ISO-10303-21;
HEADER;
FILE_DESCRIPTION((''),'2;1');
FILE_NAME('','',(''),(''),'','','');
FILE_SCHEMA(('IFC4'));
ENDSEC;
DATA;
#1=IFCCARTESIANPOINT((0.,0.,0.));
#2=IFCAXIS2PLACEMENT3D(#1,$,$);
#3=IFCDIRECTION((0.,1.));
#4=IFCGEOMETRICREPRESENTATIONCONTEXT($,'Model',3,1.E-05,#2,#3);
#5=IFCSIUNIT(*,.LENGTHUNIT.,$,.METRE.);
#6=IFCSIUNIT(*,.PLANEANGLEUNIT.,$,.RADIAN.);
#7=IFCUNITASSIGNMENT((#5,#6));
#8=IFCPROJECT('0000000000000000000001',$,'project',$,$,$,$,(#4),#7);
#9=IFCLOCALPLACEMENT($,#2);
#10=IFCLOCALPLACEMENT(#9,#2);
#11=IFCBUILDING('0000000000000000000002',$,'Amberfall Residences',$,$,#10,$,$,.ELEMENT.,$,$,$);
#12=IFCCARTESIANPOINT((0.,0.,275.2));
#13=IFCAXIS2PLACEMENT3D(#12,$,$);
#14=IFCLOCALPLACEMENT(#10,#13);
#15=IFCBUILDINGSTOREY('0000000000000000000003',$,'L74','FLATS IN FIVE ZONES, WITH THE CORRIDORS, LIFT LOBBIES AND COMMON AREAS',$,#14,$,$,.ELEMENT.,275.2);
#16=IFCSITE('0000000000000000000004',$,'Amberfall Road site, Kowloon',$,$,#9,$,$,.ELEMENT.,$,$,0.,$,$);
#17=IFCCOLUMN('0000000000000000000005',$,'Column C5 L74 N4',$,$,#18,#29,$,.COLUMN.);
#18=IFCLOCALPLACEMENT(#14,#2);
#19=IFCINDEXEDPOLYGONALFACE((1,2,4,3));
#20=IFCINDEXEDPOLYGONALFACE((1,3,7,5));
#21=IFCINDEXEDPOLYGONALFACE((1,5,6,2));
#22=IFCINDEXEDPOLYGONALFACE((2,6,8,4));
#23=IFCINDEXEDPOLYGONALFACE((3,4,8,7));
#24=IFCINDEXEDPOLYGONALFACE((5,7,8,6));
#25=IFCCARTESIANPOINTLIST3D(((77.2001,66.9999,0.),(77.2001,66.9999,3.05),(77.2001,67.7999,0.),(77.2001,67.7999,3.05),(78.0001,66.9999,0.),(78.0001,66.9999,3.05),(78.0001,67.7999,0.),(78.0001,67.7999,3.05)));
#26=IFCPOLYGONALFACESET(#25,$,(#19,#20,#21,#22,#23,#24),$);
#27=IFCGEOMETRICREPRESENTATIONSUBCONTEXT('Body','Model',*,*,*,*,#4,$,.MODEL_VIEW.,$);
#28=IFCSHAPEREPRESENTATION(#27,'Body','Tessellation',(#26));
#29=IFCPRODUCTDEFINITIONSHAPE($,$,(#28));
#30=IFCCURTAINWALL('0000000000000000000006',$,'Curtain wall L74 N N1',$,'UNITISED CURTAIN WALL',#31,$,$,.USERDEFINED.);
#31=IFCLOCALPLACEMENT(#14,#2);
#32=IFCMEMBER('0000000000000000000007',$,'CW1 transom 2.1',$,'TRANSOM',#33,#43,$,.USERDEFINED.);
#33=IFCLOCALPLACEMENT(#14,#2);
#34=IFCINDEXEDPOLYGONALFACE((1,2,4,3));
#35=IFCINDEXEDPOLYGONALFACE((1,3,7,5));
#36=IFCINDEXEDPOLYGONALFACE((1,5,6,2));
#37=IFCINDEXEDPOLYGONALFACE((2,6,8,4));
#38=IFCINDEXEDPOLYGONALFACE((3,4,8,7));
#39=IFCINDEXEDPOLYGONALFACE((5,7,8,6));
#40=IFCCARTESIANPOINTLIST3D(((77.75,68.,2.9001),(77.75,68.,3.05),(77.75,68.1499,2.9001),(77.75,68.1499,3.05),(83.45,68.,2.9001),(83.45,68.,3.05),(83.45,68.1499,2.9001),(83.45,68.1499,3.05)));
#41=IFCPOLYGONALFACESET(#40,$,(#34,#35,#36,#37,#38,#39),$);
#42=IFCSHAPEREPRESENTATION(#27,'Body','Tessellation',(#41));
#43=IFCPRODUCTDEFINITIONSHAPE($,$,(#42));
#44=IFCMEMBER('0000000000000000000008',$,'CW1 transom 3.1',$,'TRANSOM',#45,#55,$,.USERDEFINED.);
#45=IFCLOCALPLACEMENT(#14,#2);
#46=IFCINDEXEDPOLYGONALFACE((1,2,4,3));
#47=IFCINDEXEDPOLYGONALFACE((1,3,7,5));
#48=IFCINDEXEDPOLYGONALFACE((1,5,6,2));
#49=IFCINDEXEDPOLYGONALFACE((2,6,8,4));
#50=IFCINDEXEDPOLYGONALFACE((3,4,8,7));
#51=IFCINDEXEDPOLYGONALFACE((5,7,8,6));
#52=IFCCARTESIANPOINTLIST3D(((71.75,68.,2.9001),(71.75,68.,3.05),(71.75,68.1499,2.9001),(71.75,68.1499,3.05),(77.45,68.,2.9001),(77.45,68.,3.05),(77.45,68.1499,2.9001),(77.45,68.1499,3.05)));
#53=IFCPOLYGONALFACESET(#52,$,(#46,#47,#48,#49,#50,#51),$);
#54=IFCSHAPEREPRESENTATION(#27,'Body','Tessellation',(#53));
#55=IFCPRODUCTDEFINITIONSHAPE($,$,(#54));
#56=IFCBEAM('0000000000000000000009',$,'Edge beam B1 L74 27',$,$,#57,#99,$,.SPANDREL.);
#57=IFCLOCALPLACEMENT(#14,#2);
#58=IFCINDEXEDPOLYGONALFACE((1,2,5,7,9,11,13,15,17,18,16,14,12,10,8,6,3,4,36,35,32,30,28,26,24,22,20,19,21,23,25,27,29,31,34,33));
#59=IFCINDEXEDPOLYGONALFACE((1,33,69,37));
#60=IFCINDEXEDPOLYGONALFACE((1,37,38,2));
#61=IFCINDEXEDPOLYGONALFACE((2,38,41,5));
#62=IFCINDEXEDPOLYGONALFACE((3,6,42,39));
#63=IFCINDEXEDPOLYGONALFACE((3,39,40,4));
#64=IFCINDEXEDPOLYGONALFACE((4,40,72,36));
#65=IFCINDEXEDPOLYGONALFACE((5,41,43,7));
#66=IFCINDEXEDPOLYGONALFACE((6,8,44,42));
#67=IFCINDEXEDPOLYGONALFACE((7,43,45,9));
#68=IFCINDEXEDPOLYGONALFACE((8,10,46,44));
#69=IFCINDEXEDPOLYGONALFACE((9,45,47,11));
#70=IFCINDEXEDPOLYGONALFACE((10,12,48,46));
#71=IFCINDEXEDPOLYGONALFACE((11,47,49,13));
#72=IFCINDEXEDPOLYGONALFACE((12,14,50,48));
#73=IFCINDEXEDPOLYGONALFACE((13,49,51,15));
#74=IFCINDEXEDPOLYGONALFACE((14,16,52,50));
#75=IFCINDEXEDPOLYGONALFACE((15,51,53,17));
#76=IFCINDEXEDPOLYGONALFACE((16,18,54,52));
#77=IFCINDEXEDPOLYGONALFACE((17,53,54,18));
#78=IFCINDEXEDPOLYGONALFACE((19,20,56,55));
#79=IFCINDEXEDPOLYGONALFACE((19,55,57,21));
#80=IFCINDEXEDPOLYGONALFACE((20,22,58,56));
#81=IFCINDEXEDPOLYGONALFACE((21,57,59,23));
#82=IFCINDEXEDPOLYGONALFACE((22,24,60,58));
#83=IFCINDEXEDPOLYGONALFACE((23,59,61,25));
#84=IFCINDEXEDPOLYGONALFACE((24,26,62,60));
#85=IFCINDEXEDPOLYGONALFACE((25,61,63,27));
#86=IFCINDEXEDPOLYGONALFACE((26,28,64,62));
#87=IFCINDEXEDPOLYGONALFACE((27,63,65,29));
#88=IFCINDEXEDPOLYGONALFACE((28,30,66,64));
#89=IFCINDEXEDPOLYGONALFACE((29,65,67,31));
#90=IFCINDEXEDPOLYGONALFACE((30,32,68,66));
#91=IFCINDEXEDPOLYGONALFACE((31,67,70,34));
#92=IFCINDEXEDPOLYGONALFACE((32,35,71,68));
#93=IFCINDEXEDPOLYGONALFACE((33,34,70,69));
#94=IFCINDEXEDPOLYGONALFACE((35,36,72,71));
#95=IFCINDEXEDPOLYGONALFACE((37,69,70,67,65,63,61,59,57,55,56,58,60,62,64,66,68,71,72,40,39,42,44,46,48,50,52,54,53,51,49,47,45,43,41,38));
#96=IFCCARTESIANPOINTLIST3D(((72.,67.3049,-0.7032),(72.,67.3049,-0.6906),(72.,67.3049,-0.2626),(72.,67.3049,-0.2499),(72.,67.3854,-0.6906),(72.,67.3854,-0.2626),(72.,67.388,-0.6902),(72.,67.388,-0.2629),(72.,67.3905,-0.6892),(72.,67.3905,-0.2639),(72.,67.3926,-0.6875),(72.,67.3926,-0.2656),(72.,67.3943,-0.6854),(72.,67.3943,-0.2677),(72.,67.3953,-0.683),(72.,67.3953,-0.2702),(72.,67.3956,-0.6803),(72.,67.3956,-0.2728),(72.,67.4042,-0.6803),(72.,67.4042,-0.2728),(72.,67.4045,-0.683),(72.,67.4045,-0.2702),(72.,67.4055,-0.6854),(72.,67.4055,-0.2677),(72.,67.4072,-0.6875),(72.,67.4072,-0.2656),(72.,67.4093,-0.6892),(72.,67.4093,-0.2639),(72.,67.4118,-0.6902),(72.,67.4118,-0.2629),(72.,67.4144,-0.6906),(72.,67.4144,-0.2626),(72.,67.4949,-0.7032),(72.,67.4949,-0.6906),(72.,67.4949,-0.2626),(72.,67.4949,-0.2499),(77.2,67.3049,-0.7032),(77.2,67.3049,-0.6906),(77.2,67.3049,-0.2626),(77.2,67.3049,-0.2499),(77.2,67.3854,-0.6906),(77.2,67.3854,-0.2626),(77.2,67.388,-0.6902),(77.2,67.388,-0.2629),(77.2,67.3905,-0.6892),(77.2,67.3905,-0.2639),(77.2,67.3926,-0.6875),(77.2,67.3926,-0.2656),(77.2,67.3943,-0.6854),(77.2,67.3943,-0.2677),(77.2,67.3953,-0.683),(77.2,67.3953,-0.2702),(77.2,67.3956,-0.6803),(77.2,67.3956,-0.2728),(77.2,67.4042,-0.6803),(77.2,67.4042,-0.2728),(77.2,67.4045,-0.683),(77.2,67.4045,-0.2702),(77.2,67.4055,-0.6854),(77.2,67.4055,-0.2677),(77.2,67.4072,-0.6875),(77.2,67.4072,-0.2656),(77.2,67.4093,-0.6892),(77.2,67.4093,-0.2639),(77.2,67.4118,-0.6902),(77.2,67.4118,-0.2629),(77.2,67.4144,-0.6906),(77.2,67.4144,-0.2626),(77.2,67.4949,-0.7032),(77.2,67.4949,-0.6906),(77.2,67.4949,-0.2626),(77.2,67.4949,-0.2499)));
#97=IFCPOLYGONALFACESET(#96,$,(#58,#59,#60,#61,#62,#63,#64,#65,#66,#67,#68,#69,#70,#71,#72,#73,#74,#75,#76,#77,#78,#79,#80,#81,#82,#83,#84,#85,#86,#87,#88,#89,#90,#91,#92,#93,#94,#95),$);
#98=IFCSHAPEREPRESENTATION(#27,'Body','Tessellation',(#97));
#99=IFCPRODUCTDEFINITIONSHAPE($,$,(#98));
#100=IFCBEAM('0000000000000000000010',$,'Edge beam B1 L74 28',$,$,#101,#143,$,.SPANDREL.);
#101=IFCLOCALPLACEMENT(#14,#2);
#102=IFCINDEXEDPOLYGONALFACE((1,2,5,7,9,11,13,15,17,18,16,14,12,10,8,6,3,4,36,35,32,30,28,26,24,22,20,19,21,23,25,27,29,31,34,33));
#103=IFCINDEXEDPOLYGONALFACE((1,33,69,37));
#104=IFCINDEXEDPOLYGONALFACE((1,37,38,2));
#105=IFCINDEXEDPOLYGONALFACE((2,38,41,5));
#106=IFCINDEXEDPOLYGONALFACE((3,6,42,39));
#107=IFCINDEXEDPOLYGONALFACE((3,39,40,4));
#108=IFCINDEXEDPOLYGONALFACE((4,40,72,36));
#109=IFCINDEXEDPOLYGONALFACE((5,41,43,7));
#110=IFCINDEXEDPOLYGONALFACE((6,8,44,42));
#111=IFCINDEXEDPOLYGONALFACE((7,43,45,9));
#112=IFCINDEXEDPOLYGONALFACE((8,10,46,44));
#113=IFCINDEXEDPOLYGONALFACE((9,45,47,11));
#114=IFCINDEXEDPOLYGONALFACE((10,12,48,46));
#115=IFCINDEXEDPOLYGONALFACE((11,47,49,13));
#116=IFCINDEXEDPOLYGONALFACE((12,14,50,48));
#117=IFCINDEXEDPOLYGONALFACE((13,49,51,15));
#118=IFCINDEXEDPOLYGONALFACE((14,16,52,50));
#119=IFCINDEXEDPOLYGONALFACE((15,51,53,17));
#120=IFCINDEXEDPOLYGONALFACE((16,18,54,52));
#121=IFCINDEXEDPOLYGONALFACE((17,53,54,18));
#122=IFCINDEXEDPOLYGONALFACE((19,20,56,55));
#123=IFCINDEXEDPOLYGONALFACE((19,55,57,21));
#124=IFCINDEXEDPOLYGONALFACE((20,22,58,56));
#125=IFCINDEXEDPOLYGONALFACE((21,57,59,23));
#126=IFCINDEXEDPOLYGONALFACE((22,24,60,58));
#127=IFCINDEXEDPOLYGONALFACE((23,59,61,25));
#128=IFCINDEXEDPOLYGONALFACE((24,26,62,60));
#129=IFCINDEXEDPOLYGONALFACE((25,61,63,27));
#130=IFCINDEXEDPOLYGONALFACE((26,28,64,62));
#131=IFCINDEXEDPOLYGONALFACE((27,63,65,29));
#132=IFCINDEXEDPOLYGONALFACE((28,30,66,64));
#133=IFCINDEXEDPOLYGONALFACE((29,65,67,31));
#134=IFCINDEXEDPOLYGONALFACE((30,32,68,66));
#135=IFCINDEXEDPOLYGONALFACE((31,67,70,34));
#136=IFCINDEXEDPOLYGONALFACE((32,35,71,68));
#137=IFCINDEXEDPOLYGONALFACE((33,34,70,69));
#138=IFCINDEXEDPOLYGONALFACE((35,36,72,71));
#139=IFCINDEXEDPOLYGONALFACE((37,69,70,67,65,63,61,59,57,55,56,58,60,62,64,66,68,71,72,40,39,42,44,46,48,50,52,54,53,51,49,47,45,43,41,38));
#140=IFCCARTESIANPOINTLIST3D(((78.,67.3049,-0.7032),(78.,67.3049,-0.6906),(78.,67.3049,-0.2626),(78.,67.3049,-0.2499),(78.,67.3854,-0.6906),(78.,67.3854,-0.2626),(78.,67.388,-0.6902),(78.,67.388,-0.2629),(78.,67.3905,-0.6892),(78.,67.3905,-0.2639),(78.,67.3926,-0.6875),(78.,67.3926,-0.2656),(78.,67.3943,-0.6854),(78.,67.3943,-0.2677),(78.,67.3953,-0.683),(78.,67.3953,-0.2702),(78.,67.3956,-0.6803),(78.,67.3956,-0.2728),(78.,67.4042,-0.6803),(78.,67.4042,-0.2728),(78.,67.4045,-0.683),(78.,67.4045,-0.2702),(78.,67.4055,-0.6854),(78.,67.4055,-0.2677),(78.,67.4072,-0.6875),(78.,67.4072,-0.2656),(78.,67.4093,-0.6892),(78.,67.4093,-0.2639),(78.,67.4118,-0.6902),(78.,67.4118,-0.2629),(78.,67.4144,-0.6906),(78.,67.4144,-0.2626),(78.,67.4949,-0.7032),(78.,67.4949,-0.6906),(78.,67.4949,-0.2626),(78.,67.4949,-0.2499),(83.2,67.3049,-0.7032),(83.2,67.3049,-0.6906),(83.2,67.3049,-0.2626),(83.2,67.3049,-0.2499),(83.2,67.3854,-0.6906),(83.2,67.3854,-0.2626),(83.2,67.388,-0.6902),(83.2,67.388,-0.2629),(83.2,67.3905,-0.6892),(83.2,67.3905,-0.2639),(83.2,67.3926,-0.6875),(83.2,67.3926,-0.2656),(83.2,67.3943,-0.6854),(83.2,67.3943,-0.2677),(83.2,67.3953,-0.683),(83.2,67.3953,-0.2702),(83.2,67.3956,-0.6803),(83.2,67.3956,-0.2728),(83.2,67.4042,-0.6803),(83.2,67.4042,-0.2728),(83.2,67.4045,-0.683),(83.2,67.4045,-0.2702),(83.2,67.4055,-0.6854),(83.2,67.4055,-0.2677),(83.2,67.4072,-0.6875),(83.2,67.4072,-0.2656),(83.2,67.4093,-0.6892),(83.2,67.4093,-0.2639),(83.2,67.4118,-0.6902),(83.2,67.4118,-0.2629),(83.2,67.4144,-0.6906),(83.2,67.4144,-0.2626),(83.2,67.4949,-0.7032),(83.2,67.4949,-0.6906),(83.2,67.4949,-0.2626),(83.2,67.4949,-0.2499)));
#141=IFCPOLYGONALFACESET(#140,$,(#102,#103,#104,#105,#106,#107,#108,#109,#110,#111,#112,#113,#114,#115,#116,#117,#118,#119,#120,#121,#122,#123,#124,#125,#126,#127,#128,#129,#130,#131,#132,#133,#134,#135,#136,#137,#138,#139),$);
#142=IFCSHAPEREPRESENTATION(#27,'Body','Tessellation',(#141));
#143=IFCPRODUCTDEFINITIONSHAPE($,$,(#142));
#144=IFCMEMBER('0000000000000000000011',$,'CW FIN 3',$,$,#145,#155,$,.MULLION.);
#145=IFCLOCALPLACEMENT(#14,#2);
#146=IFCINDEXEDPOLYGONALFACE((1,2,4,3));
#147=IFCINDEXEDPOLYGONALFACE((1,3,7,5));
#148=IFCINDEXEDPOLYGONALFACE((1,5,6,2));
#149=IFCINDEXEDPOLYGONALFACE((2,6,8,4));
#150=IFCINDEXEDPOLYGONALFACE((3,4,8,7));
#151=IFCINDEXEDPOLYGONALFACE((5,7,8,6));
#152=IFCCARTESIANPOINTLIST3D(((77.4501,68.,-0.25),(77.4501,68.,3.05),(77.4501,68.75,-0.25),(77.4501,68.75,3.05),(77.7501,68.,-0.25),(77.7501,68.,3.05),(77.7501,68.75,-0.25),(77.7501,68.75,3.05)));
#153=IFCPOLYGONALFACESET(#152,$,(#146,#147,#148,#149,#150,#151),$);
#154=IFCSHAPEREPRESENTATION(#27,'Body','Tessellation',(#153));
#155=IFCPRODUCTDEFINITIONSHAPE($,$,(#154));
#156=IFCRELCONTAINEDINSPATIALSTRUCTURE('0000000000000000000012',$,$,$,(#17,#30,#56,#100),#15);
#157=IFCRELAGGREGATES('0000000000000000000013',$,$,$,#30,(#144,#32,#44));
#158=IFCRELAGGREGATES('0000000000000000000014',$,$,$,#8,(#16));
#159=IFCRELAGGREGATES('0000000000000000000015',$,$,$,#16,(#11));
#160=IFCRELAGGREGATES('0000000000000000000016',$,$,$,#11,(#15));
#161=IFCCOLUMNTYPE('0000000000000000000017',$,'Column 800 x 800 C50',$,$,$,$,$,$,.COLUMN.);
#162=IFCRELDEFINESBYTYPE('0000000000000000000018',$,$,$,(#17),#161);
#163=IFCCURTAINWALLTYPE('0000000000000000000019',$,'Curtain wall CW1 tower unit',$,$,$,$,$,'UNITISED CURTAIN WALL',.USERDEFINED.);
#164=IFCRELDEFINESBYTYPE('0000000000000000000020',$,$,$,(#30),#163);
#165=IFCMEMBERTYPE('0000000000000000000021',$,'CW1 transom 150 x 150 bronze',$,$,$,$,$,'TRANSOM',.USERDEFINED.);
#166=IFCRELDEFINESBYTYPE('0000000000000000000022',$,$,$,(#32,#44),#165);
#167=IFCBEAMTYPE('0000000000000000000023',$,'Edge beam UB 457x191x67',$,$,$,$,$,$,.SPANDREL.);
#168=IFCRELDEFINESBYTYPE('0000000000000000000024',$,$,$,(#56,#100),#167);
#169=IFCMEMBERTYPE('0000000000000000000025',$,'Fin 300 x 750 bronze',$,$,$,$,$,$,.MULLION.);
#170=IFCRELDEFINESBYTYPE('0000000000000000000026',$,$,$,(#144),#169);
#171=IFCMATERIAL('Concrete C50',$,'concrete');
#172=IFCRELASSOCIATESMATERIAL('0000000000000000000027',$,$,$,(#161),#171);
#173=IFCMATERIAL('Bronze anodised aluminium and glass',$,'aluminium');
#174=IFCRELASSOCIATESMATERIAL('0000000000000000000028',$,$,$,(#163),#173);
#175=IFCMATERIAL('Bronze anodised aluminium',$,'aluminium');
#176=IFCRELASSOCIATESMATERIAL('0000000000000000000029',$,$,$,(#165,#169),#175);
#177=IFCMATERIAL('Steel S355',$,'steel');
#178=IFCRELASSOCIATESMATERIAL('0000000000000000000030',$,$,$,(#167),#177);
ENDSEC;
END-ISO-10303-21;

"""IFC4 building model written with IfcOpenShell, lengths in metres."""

from ifc_helpers import new_model, si_unit, direction, frame, origin, origin_2d, place, context, subcontext, project, spatial, rectangle, i_section, extrude, material, material_profile, profile_set, type_object, element, aggregate, save


model = new_model("IFC4")

# Units and contexts
model_context = context("Model", 3, precision=1e-05, world=origin(), true_north=direction((0.0, 1.0)))
body_context = subcontext(model_context, "Body", "Model", "MODEL_VIEW")
ifc_project = project(units=[si_unit("LENGTHUNIT", "METRE"), si_unit("PLANEANGLEUNIT", "RADIAN")], contexts=[model_context])

# Site, building, storey
site_placement = place(None, origin())
site = spatial("IfcSite", under=ifc_project, at=site_placement, Name="Amberfall Road site, Kowloon", CompositionType="ELEMENT", RefElevation=0.0)
building_placement = place(site_placement, origin())
building = spatial("IfcBuilding", under=site, at=building_placement, Name="Amberfall Residences", CompositionType="ELEMENT")
storey_placement = place(building_placement, frame((0.0, 0.0, 275.2)))
storey = spatial("IfcBuildingStorey", under=building, at=storey_placement, Name="L74", Description="FLATS IN FIVE ZONES, WITH THE CORRIDORS, LIFT LOBBIES AND COMMON AREAS", CompositionType="ELEMENT", Elevation=275.2)

# Column
ifc_material_1 = material(Name="Concrete C50", Category="concrete")
ifc_material_profile_1 = material_profile(ifc_material_1, rectangle(XDim=0.8, YDim=0.8, at=origin_2d()), Name="Column 800 x 800 C50")
ifc_profile_set_1 = profile_set([ifc_material_profile_1], Name="Concrete C50")
column_type = type_object("IfcColumnType", Name="Column 800 x 800 C50", PredefinedType="COLUMN", material=ifc_profile_set_1)
column_placement = place(storey_placement, frame((77.6001, 67.3999, 0.0), z_axis=(0.0, 0.0, 1.0), x_axis=(1.0, 0.0, 0.0)))
element("IfcColumn", 1, at=column_placement, inside=storey, type_object=column_type, Name="Column C5 L74 N4", PredefinedType="COLUMN", context=body_context, shape_type="SweptSolid", body=[
    extrude(rectangle(XDim=0.8, YDim=0.8, at=origin_2d()), origin(), (0.0, 0.0, 1.0), 3.05),
])

# Curtain wall, members
ifc_material_2 = material(Name="Bronze anodised aluminium and glass", Category="aluminium")
curtain_wall_type = type_object("IfcCurtainWallType", Name="Curtain wall CW1 tower unit", ElementType="UNITISED CURTAIN WALL", PredefinedType="USERDEFINED", material=ifc_material_2)
curtain_wall_placement = place(storey_placement, origin())
curtain_wall = element("IfcCurtainWall", 2, at=curtain_wall_placement, inside=storey, type_object=curtain_wall_type, Name="Curtain wall L74 N N1", ObjectType="UNITISED CURTAIN WALL", PredefinedType="USERDEFINED")
ifc_material_3 = material(Name="Bronze anodised aluminium", Category="aluminium")
ifc_material_profile_2 = material_profile(ifc_material_3, rectangle(XDim=0.1499, YDim=0.1499, at=origin_2d()), Name="CW1 transom 150 x 150 bronze")
ifc_profile_set_2 = profile_set([ifc_material_profile_2], Name="Bronze anodised aluminium")
member_type_1 = type_object("IfcMemberType", Name="CW1 transom 150 x 150 bronze", ElementType="TRANSOM", PredefinedType="USERDEFINED", material=ifc_profile_set_2)
member_1_placement = place(storey_placement, frame((83.45, 68.075, 2.9751), z_axis=(-1.0, 0.0, 0.0), x_axis=(0.0, -1.0, 0.0)))
member_1 = element("IfcMember", 3, at=member_1_placement, type_object=member_type_1, Name="CW1 transom 2.1", ObjectType="TRANSOM", PredefinedType="USERDEFINED", context=body_context, shape_type="SweptSolid", body=[
    extrude(rectangle(XDim=0.1499, YDim=0.1499, at=origin_2d()), origin(), (0.0, 0.0, 1.0), 5.7),
])
member_2_placement = place(storey_placement, frame((77.45, 68.075, 2.9751), z_axis=(-1.0, 0.0, 0.0), x_axis=(0.0, -1.0, 0.0)))
member_2 = element("IfcMember", 4, at=member_2_placement, type_object=member_type_1, Name="CW1 transom 3.1", ObjectType="TRANSOM", PredefinedType="USERDEFINED", context=body_context, shape_type="SweptSolid", body=[
    extrude(rectangle(XDim=0.1499, YDim=0.1499, at=origin_2d()), origin(), (0.0, 0.0, 1.0), 5.7),
])

# Beams
ifc_material_4 = material(Name="Steel S355", Category="steel")
ifc_material_profile_3 = material_profile(ifc_material_4, i_section(OverallWidth=0.1899, OverallDepth=0.4534, WebThickness=0.0085, FlangeThickness=0.0127, FilletRadius=0.0103, at=origin_2d()), Name="UB 457x191x67")
ifc_profile_set_3 = profile_set([ifc_material_profile_3], Name="Steel S355")
beam_type_1 = type_object("IfcBeamType", Name="Edge beam UB 457x191x67", PredefinedType="SPANDREL", material=ifc_profile_set_3)
for number, where, z_axis, x_axis, name in (
    (5, (72.0, 67.3999, -0.4766), (1.0, 0.0, 0.0), (0.0, 1.0, 0.0), "Edge beam B1 L74 27"),
    (6, (78.0, 67.3999, -0.4766), (1.0, 0.0, 0.0), (0.0, 1.0, 0.0), "Edge beam B1 L74 28"),
):
    element("IfcBeam", number, at=place(storey_placement, frame(where, z_axis=z_axis, x_axis=x_axis)), inside=storey, type_object=beam_type_1, Name=name, PredefinedType="SPANDREL", context=body_context, shape_type="SweptSolid", body=[
        extrude(i_section(OverallWidth=0.1899, OverallDepth=0.4534, WebThickness=0.0085, FlangeThickness=0.0127, FilletRadius=0.0103, at=origin_2d()), origin(), (0.0, 0.0, 1.0), 5.2),
    ])

# Member
ifc_material_profile_4 = material_profile(ifc_material_3, rectangle(XDim=0.75, YDim=0.3, at=origin_2d()), Name="Fin 300 x 750 bronze")
ifc_profile_set_4 = profile_set([ifc_material_profile_4], Name="Bronze anodised aluminium")
member_type_2 = type_object("IfcMemberType", Name="Fin 300 x 750 bronze", PredefinedType="MULLION", material=ifc_profile_set_4)
member_3_placement = place(storey_placement, frame((77.6001, 68.375, -0.25), z_axis=(0.0, 0.0, 1.0), x_axis=(0.0, -1.0, 0.0)))
member_3 = element("IfcMember", 7, at=member_3_placement, type_object=member_type_2, Name="CW FIN 3", PredefinedType="MULLION", context=body_context, shape_type="SweptSolid", body=[
    extrude(rectangle(XDim=0.75, YDim=0.3, at=origin_2d()), origin(), (0.0, 0.0, 1.0), 3.3),
])

aggregate(curtain_wall, [member_3, member_1, member_2])

save(model, "model.ifc")
